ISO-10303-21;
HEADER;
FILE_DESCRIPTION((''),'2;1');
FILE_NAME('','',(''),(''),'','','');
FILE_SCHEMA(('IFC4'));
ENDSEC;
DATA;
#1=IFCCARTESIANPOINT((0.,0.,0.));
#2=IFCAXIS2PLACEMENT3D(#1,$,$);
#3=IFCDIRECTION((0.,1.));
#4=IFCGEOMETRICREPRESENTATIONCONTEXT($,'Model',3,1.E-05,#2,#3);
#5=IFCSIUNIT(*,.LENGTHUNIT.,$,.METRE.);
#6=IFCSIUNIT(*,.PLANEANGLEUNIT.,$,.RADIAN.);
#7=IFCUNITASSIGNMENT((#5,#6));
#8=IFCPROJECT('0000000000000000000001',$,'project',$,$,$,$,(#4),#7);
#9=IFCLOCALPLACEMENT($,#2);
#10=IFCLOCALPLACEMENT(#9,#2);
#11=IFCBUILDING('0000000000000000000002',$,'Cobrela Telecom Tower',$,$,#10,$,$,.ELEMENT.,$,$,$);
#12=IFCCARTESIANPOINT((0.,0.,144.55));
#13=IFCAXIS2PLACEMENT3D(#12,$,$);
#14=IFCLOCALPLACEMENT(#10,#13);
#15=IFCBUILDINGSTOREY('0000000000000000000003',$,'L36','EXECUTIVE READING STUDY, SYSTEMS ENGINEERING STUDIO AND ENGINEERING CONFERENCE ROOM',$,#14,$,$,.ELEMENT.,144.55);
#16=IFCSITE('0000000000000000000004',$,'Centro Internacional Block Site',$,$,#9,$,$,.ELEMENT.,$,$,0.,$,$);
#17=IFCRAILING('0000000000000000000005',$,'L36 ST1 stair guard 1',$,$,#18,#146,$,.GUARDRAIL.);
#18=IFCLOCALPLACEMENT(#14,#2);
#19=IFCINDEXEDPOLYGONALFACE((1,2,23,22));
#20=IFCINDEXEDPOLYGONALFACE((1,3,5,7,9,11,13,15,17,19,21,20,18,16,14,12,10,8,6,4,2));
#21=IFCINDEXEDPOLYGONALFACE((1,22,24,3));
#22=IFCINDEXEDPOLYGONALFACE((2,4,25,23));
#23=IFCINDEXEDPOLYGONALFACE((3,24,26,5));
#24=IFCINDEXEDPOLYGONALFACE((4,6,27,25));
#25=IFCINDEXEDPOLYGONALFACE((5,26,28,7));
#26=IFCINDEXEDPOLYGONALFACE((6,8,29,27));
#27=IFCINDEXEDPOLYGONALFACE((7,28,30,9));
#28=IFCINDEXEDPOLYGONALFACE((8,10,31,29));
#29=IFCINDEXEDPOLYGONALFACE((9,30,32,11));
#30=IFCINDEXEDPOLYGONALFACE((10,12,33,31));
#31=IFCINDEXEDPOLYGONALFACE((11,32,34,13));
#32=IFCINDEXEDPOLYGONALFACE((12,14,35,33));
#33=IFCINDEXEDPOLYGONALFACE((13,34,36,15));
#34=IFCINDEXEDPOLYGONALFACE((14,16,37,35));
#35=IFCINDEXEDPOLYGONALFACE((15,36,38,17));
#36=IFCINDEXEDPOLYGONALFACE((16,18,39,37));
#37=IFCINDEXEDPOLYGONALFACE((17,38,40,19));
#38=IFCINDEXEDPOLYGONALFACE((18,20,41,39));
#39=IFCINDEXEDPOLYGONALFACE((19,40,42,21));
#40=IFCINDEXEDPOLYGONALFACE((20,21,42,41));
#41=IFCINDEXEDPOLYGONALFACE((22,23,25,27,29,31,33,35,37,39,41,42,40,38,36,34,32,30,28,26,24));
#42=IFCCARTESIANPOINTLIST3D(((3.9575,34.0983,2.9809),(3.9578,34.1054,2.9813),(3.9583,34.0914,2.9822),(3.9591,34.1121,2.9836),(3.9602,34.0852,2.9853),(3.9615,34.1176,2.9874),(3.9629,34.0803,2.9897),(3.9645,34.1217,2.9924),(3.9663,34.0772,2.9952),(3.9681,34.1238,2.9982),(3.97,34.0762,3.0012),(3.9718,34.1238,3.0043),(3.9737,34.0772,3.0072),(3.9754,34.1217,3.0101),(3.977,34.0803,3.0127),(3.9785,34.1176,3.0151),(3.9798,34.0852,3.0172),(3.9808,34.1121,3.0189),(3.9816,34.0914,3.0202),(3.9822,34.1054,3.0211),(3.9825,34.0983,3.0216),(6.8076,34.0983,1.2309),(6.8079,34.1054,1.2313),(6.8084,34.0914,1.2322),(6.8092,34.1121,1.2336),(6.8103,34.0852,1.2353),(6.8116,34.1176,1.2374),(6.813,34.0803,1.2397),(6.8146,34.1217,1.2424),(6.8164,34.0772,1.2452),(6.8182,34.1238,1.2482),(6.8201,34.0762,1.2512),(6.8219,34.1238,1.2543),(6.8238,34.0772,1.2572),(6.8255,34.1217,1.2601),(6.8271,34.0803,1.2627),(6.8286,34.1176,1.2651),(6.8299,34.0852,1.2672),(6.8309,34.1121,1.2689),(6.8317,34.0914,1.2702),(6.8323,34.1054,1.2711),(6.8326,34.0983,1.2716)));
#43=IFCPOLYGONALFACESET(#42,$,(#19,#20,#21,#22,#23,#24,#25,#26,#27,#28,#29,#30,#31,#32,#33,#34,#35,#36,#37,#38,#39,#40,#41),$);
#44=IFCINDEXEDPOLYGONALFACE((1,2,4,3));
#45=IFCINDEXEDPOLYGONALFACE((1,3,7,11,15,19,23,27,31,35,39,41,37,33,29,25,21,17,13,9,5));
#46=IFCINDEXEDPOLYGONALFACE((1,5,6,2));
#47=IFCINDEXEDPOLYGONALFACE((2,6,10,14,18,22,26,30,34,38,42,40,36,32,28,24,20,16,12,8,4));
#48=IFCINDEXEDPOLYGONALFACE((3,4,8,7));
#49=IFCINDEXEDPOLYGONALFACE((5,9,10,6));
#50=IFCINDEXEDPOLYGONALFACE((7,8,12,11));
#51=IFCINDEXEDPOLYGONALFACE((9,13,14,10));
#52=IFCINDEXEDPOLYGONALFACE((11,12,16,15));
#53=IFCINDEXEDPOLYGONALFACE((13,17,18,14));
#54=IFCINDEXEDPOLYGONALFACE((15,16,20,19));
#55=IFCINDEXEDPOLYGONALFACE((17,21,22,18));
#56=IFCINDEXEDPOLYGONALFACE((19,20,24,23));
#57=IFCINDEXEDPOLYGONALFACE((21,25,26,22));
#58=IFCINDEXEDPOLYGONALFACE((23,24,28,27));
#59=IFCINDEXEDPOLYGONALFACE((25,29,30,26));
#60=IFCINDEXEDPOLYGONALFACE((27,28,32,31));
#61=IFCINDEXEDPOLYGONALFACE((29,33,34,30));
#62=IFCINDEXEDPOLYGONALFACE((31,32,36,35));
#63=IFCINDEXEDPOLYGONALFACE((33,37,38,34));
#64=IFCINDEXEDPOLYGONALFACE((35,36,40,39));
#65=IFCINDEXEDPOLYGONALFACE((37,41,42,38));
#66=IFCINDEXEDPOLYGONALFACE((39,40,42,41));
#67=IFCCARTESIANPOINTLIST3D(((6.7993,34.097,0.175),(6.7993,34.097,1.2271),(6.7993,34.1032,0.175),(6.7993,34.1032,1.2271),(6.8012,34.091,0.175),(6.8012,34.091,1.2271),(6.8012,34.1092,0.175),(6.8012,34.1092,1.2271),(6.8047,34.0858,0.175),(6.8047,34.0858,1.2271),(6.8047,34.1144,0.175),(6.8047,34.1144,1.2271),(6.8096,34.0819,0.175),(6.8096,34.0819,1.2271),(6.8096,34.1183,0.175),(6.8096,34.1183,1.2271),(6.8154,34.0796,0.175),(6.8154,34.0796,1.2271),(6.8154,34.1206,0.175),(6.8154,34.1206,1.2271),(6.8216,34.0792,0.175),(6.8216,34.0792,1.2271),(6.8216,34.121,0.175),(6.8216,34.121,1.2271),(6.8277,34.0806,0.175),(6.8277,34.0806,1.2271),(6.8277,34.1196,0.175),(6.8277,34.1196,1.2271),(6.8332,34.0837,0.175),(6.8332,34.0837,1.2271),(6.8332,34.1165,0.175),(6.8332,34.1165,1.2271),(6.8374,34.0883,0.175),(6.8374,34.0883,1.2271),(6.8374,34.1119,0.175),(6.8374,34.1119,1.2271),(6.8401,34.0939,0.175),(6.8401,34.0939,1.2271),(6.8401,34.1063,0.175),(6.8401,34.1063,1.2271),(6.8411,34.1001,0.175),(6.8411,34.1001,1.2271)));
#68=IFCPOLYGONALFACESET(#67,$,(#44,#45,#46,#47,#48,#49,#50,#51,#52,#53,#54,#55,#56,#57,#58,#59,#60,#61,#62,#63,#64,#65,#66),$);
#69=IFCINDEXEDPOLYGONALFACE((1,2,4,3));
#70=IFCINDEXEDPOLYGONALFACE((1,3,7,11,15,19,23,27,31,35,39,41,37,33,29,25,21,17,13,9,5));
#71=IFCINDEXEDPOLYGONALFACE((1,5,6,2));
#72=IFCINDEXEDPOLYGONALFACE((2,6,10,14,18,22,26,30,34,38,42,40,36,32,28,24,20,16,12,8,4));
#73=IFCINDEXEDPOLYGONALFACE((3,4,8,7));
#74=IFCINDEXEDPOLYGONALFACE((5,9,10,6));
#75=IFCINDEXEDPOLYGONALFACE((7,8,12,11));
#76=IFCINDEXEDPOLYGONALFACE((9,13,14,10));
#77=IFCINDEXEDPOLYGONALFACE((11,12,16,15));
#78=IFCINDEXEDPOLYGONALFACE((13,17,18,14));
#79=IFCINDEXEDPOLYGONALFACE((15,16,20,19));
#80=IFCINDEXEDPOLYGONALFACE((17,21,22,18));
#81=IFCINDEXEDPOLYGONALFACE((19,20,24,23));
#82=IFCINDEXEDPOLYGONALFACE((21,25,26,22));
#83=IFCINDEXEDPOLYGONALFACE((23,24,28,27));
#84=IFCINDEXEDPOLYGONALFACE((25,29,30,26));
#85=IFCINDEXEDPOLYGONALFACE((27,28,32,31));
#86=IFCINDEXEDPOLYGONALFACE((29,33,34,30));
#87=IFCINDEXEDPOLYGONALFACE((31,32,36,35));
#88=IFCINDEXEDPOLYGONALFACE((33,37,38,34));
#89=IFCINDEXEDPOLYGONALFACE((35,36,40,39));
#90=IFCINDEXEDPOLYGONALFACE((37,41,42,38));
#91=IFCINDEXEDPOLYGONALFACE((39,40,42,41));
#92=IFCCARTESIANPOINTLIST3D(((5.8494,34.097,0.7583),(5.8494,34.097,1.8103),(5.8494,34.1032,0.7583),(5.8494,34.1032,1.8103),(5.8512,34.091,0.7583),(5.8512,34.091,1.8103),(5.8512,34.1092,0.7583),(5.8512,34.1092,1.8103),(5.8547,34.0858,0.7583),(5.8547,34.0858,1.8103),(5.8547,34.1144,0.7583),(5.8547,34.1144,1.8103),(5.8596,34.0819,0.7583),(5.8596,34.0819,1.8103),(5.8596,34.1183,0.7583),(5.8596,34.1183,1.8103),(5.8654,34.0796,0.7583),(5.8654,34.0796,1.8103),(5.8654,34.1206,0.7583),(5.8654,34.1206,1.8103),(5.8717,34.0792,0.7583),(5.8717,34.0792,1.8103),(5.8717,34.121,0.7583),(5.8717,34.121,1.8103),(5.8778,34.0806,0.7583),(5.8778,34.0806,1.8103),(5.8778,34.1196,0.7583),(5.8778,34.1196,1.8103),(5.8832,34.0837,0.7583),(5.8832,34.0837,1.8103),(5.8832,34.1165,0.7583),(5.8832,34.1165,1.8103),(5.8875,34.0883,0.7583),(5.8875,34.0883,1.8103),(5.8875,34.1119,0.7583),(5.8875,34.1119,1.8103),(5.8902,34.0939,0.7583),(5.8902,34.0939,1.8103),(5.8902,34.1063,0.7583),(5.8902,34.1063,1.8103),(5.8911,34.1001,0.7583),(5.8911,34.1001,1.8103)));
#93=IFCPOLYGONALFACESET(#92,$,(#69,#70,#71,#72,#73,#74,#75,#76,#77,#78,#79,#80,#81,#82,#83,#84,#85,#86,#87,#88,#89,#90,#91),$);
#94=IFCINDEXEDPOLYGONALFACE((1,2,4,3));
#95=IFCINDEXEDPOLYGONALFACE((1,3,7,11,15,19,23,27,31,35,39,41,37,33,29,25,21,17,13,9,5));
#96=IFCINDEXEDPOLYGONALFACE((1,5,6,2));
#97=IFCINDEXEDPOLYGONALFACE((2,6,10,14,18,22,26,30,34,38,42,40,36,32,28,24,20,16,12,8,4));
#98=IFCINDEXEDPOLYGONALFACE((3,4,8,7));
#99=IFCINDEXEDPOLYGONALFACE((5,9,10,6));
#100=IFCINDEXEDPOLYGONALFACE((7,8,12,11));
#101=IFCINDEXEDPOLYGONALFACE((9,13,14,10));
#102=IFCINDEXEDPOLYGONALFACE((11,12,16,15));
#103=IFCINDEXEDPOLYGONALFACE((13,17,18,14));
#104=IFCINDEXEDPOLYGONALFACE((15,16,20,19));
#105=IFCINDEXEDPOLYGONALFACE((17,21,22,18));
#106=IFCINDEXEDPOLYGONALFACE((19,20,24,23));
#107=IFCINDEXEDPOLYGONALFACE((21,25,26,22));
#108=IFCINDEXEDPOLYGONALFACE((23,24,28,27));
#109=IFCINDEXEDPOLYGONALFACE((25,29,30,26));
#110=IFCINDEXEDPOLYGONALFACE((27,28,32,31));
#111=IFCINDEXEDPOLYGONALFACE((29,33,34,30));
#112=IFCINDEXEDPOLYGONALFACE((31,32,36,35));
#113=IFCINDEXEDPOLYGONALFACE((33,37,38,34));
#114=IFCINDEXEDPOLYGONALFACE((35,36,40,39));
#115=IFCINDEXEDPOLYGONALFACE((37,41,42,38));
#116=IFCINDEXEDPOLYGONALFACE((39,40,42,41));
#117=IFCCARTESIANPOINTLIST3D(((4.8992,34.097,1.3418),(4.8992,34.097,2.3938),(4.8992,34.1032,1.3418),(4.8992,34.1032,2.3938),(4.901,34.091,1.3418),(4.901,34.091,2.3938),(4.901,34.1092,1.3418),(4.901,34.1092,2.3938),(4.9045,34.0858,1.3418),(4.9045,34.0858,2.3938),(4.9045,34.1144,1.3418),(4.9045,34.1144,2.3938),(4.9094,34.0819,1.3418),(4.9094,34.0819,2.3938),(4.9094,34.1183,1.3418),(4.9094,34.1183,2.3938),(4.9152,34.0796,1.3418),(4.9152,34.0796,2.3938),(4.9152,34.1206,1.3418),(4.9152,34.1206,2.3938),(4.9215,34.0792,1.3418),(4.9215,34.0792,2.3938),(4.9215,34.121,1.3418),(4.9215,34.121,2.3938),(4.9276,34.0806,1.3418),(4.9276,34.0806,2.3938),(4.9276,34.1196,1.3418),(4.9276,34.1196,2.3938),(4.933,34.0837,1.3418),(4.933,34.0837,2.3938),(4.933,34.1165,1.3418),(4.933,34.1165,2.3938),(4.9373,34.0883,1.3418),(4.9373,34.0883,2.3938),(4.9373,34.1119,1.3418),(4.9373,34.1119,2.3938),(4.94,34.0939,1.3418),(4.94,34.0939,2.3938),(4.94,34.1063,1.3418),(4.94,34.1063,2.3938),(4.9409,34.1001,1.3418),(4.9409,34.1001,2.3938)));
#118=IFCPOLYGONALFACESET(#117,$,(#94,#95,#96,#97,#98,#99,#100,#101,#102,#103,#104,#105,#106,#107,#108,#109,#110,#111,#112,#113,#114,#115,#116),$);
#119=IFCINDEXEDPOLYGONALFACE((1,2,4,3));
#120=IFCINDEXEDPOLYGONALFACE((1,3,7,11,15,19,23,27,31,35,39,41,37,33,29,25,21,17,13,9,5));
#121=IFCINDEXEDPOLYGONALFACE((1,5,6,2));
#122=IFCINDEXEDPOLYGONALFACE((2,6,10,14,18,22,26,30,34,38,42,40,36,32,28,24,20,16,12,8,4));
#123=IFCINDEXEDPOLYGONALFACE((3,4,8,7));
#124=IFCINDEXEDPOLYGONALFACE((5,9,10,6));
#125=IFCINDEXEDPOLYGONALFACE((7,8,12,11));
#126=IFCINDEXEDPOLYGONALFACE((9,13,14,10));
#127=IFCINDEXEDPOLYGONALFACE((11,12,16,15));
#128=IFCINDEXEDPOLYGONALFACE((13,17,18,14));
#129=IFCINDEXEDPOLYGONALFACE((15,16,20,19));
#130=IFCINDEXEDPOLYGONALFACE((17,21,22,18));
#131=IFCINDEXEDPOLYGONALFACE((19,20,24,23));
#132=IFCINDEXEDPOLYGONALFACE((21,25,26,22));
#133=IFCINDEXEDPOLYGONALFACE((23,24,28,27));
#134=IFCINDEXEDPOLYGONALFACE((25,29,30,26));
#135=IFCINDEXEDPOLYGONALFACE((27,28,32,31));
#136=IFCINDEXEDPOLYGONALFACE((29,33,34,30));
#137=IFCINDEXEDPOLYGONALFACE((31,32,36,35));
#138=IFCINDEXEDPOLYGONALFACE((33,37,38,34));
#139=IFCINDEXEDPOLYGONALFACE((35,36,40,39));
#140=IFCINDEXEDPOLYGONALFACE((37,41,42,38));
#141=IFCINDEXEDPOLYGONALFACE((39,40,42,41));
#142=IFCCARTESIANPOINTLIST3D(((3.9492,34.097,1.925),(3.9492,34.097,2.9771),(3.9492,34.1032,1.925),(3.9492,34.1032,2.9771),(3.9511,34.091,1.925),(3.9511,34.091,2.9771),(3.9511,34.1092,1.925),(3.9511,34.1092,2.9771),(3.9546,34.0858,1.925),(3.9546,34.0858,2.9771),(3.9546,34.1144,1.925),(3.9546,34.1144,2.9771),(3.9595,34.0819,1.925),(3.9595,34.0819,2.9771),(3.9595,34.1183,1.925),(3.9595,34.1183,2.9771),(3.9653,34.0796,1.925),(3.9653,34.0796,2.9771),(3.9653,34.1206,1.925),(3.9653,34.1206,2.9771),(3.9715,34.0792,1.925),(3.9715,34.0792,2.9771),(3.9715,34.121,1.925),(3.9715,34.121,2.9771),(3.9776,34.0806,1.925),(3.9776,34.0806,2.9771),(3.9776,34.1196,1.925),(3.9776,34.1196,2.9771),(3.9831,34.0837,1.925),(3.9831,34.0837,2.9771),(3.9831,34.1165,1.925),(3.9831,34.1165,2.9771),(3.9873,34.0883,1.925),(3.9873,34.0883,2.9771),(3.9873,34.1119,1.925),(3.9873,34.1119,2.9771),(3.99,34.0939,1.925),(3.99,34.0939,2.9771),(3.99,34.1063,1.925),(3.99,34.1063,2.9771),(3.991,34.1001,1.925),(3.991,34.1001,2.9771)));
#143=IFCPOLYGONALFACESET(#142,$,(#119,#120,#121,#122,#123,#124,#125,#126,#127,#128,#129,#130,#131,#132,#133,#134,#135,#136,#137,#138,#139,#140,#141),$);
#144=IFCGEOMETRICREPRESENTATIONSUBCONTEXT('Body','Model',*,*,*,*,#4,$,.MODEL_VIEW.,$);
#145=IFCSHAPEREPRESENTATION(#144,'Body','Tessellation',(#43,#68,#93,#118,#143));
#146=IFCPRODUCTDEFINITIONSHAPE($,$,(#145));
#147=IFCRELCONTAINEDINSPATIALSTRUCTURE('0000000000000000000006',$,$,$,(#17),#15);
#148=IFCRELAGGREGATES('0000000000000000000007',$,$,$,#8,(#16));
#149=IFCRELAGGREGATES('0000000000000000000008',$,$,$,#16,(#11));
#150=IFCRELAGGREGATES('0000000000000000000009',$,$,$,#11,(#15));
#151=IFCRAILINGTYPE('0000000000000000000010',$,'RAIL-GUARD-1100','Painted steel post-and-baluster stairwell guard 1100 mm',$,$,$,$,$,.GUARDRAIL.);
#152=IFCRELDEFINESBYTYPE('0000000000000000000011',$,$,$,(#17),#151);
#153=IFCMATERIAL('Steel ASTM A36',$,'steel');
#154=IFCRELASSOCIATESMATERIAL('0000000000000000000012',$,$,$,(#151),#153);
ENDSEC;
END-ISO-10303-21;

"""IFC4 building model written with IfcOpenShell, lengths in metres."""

from ifc_helpers import new_model, si_unit, direction, frame, origin, origin_2d, place, context, subcontext, project, spatial, circle, extrude, material, type_object, element, save


model = new_model("IFC4")

# Units and contexts
model_context = context("Model", 3, precision=1e-05, world=origin(), true_north=direction((0.0, 1.0)))
body_context = subcontext(model_context, "Body", "Model", "MODEL_VIEW")
ifc_project = project(units=[si_unit("LENGTHUNIT", "METRE"), si_unit("PLANEANGLEUNIT", "RADIAN")], contexts=[model_context])

# Site, building, storey
site_placement = place(None, origin())
site = spatial("IfcSite", under=ifc_project, at=site_placement, Name="Centro Internacional Block Site", CompositionType="ELEMENT", RefElevation=0.0)
building_placement = place(site_placement, origin())
building = spatial("IfcBuilding", under=site, at=building_placement, Name="Cobrela Telecom Tower", CompositionType="ELEMENT")
storey_placement = place(building_placement, frame((0.0, 0.0, 144.55)))
storey = spatial("IfcBuildingStorey", under=building, at=storey_placement, Name="L36", Description="EXECUTIVE READING STUDY, SYSTEMS ENGINEERING STUDIO AND ENGINEERING CONFERENCE ROOM", CompositionType="ELEMENT", Elevation=144.55)

# Shared definitions
ifc_material_1 = material(Name="Steel ASTM A36", Category="steel")

# Railing
railing_type_1 = type_object("IfcRailingType", Name="RAIL-GUARD-1100", Description="Painted steel post-and-baluster stairwell guard 1100 mm", PredefinedType="GUARDRAIL", material=ifc_material_1)
railing_1_placement = place(storey_placement, frame((6.8201, 34.1001, 0.175)))
element("IfcRailing", 1, at=railing_1_placement, inside=storey, type_object=railing_type_1, Name="L36 ST1 stair guard 1", PredefinedType="GUARDRAIL", context=body_context, shape_type="SweptSolid", body=[
    extrude(circle(Radius=0.0239, at=origin_2d()), frame((0.0, 0.0, 1.0762), z_axis=(-0.852179, 0.0, 0.52325), x_axis=(0.0, -1.0, 0.0)), (0.0, 0.0, 1.0), 3.3445),
    extrude(circle(Radius=0.021, at=origin_2d()), origin(), (0.0, 0.0, 1.0), 1.052),
    extrude(circle(Radius=0.021, at=origin_2d()), frame((-0.95, 0.0, 0.5833)), (0.0, 0.0, 1.0), 1.052),
    extrude(circle(Radius=0.021, at=origin_2d()), frame((-1.9001, 0.0, 1.1667)), (0.0, 0.0, 1.0), 1.052),
    extrude(circle(Radius=0.021, at=origin_2d()), frame((-2.8501, 0.0, 1.75)), (0.0, 0.0, 1.0), 1.052),
])

save(model, "model.ifc")
